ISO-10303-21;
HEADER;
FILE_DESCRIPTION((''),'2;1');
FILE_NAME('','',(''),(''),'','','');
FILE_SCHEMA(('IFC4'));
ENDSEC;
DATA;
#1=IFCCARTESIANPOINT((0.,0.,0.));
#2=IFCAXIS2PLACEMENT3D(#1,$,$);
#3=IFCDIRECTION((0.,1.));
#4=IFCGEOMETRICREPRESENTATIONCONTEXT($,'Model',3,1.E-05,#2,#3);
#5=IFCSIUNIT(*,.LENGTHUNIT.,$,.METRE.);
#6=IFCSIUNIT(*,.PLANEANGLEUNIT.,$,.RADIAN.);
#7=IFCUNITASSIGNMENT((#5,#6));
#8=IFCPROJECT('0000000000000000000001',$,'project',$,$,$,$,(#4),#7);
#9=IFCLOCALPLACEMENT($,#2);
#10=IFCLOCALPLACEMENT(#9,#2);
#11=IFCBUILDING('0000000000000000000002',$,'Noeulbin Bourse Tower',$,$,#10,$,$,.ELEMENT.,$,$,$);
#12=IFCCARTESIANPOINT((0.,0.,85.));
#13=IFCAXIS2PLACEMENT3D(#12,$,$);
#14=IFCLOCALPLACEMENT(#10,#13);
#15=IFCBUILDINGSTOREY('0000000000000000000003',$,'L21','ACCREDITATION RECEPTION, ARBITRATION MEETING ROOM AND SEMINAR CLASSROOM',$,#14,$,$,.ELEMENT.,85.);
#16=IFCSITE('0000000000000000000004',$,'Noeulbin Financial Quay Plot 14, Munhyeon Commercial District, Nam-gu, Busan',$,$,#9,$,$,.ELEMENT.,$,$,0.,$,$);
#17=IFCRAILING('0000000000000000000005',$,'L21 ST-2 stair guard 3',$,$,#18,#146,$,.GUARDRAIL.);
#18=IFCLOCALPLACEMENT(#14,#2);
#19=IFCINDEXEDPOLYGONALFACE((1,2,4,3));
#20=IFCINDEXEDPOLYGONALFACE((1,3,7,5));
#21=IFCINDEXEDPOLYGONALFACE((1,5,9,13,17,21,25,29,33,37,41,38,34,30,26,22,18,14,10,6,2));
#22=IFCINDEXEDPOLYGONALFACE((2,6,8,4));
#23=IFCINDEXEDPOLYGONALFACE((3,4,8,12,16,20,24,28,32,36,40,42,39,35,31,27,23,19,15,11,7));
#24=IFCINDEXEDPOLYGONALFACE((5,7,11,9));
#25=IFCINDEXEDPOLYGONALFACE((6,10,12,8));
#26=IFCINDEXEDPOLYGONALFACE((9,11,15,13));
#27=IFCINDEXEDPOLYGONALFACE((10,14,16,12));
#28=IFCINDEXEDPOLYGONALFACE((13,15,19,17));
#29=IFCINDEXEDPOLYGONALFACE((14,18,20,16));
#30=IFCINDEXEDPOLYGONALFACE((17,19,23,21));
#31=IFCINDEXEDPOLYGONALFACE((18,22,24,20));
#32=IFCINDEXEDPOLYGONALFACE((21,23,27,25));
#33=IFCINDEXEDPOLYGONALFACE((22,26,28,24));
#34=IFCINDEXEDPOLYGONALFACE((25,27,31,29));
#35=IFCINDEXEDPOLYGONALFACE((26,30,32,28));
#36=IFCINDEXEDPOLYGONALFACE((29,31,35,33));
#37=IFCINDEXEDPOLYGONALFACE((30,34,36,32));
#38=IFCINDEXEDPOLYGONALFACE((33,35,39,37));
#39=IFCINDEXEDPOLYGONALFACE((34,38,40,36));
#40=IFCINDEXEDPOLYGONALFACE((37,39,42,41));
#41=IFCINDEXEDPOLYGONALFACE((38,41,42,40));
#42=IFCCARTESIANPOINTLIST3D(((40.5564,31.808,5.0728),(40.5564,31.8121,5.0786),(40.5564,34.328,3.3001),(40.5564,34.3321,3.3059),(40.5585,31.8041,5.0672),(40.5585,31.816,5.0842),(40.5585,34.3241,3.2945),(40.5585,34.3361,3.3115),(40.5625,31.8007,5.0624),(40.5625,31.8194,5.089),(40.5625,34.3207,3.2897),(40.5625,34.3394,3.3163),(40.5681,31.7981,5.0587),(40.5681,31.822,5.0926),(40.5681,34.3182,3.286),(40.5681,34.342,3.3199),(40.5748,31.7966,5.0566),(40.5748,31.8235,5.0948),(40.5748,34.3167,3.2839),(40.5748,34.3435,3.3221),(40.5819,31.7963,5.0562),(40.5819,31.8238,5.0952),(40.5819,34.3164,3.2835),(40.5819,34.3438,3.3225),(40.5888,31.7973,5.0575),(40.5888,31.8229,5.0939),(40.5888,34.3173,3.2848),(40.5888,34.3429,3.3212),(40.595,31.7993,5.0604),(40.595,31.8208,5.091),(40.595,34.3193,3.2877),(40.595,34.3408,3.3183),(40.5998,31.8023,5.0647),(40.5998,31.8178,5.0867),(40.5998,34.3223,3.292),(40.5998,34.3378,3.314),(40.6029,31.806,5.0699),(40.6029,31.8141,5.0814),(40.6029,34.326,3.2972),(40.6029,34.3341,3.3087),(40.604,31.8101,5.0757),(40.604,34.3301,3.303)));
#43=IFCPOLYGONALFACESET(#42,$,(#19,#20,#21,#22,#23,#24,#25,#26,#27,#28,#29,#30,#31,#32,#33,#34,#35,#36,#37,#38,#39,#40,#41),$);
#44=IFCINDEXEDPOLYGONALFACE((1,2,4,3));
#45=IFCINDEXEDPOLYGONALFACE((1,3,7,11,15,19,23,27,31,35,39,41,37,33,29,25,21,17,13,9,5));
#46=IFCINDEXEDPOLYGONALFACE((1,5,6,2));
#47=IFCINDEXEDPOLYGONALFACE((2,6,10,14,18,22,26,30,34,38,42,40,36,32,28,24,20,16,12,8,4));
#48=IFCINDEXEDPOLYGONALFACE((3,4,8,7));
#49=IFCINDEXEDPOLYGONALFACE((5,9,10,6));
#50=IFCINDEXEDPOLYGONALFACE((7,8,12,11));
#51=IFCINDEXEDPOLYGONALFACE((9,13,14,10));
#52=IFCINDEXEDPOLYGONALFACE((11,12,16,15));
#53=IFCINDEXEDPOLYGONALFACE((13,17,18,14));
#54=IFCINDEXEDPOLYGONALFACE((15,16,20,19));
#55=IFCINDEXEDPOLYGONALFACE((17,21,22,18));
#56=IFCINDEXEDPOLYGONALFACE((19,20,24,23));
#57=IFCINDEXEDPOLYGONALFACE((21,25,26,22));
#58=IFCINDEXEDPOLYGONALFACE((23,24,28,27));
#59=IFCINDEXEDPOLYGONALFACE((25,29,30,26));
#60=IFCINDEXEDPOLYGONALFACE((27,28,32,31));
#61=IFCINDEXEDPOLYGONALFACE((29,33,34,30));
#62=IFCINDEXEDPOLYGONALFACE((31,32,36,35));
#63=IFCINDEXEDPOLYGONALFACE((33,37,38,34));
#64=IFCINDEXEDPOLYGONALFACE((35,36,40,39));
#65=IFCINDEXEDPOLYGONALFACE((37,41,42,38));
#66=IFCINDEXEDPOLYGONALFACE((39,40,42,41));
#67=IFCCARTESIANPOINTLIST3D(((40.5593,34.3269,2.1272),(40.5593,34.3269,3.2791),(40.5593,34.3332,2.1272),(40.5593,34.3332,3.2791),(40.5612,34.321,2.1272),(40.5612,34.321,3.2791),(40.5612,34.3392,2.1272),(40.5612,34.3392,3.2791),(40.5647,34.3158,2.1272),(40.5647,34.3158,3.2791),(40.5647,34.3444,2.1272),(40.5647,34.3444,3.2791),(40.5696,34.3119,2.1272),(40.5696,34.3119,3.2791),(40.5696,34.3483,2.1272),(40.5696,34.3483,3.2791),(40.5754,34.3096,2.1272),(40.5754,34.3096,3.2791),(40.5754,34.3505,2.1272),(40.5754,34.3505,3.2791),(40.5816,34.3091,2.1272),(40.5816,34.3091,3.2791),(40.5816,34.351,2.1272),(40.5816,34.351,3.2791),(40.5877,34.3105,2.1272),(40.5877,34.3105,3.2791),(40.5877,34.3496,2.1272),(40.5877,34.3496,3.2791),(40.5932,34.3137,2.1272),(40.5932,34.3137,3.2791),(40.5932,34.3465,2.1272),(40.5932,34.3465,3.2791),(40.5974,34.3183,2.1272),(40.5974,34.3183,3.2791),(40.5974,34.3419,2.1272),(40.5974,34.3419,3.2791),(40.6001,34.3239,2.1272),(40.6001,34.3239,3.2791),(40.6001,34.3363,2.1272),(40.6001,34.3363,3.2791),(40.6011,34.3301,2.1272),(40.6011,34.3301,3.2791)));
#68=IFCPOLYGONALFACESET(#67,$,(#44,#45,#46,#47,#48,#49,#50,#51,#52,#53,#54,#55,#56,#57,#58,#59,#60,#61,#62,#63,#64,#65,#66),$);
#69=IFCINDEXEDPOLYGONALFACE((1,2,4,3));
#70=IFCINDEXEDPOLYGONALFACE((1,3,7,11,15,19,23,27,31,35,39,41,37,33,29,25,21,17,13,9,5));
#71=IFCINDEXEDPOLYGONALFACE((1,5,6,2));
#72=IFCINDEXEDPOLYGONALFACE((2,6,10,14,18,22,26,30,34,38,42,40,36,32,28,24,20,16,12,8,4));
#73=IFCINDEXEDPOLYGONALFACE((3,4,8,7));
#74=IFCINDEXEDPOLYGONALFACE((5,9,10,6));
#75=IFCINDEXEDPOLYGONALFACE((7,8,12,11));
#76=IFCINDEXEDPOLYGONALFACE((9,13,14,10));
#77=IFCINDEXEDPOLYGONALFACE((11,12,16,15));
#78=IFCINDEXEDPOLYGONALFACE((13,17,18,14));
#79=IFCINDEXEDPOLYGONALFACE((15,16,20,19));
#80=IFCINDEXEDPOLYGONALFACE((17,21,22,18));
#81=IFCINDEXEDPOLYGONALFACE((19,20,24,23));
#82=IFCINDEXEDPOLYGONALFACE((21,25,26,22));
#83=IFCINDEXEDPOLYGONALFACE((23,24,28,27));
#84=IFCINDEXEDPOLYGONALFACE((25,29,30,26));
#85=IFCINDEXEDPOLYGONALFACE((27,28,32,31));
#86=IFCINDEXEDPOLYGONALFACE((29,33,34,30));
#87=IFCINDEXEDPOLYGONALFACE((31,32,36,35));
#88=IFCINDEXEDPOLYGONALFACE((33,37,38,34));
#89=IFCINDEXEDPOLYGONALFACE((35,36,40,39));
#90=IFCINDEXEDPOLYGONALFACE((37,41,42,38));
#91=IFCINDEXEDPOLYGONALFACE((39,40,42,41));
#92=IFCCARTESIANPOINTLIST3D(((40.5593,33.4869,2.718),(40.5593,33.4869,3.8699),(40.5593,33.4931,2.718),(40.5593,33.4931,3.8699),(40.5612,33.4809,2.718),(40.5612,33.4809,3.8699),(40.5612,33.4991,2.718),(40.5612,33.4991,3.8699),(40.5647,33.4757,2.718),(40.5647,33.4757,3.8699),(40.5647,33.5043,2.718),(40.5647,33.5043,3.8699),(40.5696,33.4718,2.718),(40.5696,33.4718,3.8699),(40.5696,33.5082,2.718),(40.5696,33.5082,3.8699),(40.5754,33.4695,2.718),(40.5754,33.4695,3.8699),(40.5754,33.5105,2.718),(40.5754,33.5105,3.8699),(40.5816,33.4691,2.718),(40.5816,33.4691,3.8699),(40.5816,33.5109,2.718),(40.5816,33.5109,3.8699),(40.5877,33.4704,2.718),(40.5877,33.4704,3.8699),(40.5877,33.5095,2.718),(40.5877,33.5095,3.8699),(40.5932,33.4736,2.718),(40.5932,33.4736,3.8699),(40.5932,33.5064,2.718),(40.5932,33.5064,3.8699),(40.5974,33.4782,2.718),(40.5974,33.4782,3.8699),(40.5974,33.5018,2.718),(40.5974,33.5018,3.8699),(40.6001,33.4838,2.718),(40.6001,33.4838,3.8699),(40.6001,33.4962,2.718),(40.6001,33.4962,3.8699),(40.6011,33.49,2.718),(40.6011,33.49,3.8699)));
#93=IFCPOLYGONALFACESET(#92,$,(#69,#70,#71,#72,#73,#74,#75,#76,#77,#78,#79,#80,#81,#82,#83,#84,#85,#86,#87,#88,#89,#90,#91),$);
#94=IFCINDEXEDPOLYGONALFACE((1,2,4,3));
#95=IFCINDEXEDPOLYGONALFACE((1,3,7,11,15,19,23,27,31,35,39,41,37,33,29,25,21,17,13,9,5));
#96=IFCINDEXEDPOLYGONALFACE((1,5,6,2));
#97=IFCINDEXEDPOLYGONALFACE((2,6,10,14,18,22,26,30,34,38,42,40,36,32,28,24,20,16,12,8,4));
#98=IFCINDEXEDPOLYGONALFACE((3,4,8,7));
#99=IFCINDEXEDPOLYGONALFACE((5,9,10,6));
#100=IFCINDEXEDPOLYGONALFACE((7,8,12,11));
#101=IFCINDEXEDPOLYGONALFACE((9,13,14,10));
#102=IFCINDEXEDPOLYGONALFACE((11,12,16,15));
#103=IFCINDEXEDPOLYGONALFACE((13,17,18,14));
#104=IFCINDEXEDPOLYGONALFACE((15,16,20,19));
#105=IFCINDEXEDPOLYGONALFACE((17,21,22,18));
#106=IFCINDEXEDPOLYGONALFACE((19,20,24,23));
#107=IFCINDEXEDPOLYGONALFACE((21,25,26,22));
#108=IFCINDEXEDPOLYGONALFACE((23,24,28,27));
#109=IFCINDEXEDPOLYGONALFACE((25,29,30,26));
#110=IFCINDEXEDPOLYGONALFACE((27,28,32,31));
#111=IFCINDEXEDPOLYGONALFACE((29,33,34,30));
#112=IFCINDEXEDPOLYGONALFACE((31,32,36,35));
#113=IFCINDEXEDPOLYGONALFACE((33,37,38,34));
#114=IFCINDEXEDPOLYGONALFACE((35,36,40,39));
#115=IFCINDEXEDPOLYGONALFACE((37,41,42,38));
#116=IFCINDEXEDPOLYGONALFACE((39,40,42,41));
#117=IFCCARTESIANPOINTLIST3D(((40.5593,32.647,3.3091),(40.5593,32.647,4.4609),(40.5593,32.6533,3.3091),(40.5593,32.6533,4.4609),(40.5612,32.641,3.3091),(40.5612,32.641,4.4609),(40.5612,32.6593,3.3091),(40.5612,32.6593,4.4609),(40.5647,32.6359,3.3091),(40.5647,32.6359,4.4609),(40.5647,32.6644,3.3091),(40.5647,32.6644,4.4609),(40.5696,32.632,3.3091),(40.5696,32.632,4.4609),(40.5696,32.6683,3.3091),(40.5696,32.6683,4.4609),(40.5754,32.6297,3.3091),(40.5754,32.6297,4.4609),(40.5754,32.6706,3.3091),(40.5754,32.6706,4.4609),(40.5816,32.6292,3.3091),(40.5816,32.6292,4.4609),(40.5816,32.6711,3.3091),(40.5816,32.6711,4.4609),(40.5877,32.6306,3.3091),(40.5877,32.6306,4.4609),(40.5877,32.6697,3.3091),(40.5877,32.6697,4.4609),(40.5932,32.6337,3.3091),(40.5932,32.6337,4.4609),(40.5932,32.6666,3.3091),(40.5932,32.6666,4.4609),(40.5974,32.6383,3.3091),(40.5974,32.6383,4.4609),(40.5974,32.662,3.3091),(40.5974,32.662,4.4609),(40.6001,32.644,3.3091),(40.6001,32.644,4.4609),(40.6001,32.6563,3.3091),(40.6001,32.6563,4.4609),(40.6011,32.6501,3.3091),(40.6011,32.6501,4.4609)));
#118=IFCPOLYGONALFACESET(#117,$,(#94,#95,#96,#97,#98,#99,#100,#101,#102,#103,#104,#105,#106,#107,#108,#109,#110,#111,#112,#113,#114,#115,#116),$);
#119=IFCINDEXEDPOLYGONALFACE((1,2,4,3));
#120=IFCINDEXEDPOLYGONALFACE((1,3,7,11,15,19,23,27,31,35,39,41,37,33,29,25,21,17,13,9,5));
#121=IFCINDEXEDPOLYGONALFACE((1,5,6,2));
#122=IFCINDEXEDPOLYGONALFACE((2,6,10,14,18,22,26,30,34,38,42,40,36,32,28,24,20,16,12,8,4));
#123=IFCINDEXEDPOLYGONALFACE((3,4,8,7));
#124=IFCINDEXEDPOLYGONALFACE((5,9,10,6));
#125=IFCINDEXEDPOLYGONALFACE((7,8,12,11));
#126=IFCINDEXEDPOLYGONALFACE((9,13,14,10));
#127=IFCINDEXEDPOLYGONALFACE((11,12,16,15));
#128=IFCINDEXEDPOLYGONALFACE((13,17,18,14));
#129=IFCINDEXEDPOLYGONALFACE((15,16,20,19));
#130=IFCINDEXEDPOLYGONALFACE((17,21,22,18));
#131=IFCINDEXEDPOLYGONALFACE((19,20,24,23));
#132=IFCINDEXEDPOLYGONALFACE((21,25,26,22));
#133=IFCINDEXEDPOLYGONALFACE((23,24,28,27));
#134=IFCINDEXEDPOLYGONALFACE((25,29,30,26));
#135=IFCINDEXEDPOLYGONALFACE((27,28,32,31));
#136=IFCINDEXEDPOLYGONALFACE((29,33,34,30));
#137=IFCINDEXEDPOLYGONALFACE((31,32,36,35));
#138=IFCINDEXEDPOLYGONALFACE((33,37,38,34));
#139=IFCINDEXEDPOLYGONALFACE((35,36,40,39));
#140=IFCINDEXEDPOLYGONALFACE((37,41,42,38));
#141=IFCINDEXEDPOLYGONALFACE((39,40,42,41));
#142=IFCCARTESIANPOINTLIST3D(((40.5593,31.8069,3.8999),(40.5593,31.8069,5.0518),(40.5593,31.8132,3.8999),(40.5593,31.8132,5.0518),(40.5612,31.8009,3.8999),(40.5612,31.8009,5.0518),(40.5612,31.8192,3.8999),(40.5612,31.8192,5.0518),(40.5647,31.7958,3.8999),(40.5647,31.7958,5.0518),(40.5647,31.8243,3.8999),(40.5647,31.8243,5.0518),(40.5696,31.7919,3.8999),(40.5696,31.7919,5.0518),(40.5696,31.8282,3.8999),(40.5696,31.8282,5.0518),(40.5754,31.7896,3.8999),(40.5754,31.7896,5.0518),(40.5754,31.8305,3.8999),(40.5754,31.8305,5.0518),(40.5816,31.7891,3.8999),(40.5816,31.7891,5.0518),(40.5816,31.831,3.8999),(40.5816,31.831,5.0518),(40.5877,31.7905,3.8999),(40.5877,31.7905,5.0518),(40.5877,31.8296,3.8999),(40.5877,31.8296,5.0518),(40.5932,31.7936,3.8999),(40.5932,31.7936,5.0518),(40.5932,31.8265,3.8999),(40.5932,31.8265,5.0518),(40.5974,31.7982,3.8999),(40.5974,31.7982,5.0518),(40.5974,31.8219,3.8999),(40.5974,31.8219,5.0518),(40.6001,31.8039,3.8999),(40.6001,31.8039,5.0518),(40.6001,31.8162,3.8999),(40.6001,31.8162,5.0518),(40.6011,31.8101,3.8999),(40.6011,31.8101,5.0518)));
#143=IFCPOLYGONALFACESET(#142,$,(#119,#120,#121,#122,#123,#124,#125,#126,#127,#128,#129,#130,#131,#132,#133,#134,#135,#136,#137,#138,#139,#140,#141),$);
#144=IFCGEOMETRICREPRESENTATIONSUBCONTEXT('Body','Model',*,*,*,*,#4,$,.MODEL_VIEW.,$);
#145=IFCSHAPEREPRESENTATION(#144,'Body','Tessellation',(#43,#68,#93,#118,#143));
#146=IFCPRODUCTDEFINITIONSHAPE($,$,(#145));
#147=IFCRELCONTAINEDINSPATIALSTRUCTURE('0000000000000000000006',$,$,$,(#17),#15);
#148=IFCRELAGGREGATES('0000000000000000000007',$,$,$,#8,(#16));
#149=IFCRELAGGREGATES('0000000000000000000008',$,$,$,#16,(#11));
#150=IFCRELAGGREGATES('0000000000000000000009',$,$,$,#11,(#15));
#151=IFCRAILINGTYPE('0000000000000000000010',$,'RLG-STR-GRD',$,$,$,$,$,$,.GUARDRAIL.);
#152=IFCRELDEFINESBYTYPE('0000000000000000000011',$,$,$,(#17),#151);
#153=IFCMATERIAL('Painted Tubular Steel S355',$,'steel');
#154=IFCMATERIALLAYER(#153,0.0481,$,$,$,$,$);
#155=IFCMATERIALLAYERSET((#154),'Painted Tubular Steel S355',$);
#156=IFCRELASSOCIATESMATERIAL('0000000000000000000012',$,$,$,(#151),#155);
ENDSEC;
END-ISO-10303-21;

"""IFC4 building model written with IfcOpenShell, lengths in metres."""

from ifc_helpers import new_model, si_unit, direction, frame, origin, origin_2d, place, context, subcontext, project, spatial, circle, extrude, material, layer, layer_set, type_object, element, save


model = new_model("IFC4")

# Units and contexts
model_context = context("Model", 3, precision=1e-05, world=origin(), true_north=direction((0.0, 1.0)))
body_context = subcontext(model_context, "Body", "Model", "MODEL_VIEW")
ifc_project = project(units=[si_unit("LENGTHUNIT", "METRE"), si_unit("PLANEANGLEUNIT", "RADIAN")], contexts=[model_context])

# Site, building, storey
site_placement = place(None, origin())
site = spatial("IfcSite", under=ifc_project, at=site_placement, Name="Noeulbin Financial Quay Plot 14, Munhyeon Commercial District, Nam-gu, Busan", CompositionType="ELEMENT", RefElevation=0.0)
building_placement = place(site_placement, origin())
building = spatial("IfcBuilding", under=site, at=building_placement, Name="Noeulbin Bourse Tower", CompositionType="ELEMENT")
storey_placement = place(building_placement, frame((0.0, 0.0, 85.0)))
storey = spatial("IfcBuildingStorey", under=building, at=storey_placement, Name="L21", Description="ACCREDITATION RECEPTION, ARBITRATION MEETING ROOM AND SEMINAR CLASSROOM", CompositionType="ELEMENT", Elevation=85.0)

# Railing
ifc_material_1 = material(Name="Painted Tubular Steel S355", Category="steel")
ifc_layer_1 = layer(ifc_material_1, 0.0481)
ifc_layer_set_1 = layer_set([ifc_layer_1], Name="Painted Tubular Steel S355")
railing_type_1 = type_object("IfcRailingType", Name="RLG-STR-GRD", PredefinedType="GUARDRAIL", material=ifc_layer_set_1)
railing_1_placement = place(storey_placement, frame((40.5801, 34.3301, 2.1272)))
element("IfcRailing", 1, at=railing_1_placement, inside=storey, type_object=railing_type_1, Name="L21 ST-2 stair guard 3", PredefinedType="GUARDRAIL", context=body_context, shape_type="SweptSolid", body=[
    extrude(circle(Radius=0.0239, at=origin_2d()), frame((0.0, 0.0, 1.1758), z_axis=(0.0, -0.817904, 0.575354), x_axis=(1.0, 0.0, 0.0)), (0.0, 0.0, 1.0), 3.0811),
    extrude(circle(Radius=0.021, at=origin_2d()), origin(), (0.0, 0.0, 1.0), 1.1519),
    extrude(circle(Radius=0.021, at=origin_2d()), frame((0.0, -0.8401, 0.5908)), (0.0, 0.0, 1.0), 1.1519),
    extrude(circle(Radius=0.021, at=origin_2d()), frame((0.0, -1.6799, 1.1819)), (0.0, 0.0, 1.0), 1.1519),
    extrude(circle(Radius=0.021, at=origin_2d()), frame((0.0, -2.52, 1.7727)), (0.0, 0.0, 1.0), 1.1519),
])

save(model, "model.ifc")
